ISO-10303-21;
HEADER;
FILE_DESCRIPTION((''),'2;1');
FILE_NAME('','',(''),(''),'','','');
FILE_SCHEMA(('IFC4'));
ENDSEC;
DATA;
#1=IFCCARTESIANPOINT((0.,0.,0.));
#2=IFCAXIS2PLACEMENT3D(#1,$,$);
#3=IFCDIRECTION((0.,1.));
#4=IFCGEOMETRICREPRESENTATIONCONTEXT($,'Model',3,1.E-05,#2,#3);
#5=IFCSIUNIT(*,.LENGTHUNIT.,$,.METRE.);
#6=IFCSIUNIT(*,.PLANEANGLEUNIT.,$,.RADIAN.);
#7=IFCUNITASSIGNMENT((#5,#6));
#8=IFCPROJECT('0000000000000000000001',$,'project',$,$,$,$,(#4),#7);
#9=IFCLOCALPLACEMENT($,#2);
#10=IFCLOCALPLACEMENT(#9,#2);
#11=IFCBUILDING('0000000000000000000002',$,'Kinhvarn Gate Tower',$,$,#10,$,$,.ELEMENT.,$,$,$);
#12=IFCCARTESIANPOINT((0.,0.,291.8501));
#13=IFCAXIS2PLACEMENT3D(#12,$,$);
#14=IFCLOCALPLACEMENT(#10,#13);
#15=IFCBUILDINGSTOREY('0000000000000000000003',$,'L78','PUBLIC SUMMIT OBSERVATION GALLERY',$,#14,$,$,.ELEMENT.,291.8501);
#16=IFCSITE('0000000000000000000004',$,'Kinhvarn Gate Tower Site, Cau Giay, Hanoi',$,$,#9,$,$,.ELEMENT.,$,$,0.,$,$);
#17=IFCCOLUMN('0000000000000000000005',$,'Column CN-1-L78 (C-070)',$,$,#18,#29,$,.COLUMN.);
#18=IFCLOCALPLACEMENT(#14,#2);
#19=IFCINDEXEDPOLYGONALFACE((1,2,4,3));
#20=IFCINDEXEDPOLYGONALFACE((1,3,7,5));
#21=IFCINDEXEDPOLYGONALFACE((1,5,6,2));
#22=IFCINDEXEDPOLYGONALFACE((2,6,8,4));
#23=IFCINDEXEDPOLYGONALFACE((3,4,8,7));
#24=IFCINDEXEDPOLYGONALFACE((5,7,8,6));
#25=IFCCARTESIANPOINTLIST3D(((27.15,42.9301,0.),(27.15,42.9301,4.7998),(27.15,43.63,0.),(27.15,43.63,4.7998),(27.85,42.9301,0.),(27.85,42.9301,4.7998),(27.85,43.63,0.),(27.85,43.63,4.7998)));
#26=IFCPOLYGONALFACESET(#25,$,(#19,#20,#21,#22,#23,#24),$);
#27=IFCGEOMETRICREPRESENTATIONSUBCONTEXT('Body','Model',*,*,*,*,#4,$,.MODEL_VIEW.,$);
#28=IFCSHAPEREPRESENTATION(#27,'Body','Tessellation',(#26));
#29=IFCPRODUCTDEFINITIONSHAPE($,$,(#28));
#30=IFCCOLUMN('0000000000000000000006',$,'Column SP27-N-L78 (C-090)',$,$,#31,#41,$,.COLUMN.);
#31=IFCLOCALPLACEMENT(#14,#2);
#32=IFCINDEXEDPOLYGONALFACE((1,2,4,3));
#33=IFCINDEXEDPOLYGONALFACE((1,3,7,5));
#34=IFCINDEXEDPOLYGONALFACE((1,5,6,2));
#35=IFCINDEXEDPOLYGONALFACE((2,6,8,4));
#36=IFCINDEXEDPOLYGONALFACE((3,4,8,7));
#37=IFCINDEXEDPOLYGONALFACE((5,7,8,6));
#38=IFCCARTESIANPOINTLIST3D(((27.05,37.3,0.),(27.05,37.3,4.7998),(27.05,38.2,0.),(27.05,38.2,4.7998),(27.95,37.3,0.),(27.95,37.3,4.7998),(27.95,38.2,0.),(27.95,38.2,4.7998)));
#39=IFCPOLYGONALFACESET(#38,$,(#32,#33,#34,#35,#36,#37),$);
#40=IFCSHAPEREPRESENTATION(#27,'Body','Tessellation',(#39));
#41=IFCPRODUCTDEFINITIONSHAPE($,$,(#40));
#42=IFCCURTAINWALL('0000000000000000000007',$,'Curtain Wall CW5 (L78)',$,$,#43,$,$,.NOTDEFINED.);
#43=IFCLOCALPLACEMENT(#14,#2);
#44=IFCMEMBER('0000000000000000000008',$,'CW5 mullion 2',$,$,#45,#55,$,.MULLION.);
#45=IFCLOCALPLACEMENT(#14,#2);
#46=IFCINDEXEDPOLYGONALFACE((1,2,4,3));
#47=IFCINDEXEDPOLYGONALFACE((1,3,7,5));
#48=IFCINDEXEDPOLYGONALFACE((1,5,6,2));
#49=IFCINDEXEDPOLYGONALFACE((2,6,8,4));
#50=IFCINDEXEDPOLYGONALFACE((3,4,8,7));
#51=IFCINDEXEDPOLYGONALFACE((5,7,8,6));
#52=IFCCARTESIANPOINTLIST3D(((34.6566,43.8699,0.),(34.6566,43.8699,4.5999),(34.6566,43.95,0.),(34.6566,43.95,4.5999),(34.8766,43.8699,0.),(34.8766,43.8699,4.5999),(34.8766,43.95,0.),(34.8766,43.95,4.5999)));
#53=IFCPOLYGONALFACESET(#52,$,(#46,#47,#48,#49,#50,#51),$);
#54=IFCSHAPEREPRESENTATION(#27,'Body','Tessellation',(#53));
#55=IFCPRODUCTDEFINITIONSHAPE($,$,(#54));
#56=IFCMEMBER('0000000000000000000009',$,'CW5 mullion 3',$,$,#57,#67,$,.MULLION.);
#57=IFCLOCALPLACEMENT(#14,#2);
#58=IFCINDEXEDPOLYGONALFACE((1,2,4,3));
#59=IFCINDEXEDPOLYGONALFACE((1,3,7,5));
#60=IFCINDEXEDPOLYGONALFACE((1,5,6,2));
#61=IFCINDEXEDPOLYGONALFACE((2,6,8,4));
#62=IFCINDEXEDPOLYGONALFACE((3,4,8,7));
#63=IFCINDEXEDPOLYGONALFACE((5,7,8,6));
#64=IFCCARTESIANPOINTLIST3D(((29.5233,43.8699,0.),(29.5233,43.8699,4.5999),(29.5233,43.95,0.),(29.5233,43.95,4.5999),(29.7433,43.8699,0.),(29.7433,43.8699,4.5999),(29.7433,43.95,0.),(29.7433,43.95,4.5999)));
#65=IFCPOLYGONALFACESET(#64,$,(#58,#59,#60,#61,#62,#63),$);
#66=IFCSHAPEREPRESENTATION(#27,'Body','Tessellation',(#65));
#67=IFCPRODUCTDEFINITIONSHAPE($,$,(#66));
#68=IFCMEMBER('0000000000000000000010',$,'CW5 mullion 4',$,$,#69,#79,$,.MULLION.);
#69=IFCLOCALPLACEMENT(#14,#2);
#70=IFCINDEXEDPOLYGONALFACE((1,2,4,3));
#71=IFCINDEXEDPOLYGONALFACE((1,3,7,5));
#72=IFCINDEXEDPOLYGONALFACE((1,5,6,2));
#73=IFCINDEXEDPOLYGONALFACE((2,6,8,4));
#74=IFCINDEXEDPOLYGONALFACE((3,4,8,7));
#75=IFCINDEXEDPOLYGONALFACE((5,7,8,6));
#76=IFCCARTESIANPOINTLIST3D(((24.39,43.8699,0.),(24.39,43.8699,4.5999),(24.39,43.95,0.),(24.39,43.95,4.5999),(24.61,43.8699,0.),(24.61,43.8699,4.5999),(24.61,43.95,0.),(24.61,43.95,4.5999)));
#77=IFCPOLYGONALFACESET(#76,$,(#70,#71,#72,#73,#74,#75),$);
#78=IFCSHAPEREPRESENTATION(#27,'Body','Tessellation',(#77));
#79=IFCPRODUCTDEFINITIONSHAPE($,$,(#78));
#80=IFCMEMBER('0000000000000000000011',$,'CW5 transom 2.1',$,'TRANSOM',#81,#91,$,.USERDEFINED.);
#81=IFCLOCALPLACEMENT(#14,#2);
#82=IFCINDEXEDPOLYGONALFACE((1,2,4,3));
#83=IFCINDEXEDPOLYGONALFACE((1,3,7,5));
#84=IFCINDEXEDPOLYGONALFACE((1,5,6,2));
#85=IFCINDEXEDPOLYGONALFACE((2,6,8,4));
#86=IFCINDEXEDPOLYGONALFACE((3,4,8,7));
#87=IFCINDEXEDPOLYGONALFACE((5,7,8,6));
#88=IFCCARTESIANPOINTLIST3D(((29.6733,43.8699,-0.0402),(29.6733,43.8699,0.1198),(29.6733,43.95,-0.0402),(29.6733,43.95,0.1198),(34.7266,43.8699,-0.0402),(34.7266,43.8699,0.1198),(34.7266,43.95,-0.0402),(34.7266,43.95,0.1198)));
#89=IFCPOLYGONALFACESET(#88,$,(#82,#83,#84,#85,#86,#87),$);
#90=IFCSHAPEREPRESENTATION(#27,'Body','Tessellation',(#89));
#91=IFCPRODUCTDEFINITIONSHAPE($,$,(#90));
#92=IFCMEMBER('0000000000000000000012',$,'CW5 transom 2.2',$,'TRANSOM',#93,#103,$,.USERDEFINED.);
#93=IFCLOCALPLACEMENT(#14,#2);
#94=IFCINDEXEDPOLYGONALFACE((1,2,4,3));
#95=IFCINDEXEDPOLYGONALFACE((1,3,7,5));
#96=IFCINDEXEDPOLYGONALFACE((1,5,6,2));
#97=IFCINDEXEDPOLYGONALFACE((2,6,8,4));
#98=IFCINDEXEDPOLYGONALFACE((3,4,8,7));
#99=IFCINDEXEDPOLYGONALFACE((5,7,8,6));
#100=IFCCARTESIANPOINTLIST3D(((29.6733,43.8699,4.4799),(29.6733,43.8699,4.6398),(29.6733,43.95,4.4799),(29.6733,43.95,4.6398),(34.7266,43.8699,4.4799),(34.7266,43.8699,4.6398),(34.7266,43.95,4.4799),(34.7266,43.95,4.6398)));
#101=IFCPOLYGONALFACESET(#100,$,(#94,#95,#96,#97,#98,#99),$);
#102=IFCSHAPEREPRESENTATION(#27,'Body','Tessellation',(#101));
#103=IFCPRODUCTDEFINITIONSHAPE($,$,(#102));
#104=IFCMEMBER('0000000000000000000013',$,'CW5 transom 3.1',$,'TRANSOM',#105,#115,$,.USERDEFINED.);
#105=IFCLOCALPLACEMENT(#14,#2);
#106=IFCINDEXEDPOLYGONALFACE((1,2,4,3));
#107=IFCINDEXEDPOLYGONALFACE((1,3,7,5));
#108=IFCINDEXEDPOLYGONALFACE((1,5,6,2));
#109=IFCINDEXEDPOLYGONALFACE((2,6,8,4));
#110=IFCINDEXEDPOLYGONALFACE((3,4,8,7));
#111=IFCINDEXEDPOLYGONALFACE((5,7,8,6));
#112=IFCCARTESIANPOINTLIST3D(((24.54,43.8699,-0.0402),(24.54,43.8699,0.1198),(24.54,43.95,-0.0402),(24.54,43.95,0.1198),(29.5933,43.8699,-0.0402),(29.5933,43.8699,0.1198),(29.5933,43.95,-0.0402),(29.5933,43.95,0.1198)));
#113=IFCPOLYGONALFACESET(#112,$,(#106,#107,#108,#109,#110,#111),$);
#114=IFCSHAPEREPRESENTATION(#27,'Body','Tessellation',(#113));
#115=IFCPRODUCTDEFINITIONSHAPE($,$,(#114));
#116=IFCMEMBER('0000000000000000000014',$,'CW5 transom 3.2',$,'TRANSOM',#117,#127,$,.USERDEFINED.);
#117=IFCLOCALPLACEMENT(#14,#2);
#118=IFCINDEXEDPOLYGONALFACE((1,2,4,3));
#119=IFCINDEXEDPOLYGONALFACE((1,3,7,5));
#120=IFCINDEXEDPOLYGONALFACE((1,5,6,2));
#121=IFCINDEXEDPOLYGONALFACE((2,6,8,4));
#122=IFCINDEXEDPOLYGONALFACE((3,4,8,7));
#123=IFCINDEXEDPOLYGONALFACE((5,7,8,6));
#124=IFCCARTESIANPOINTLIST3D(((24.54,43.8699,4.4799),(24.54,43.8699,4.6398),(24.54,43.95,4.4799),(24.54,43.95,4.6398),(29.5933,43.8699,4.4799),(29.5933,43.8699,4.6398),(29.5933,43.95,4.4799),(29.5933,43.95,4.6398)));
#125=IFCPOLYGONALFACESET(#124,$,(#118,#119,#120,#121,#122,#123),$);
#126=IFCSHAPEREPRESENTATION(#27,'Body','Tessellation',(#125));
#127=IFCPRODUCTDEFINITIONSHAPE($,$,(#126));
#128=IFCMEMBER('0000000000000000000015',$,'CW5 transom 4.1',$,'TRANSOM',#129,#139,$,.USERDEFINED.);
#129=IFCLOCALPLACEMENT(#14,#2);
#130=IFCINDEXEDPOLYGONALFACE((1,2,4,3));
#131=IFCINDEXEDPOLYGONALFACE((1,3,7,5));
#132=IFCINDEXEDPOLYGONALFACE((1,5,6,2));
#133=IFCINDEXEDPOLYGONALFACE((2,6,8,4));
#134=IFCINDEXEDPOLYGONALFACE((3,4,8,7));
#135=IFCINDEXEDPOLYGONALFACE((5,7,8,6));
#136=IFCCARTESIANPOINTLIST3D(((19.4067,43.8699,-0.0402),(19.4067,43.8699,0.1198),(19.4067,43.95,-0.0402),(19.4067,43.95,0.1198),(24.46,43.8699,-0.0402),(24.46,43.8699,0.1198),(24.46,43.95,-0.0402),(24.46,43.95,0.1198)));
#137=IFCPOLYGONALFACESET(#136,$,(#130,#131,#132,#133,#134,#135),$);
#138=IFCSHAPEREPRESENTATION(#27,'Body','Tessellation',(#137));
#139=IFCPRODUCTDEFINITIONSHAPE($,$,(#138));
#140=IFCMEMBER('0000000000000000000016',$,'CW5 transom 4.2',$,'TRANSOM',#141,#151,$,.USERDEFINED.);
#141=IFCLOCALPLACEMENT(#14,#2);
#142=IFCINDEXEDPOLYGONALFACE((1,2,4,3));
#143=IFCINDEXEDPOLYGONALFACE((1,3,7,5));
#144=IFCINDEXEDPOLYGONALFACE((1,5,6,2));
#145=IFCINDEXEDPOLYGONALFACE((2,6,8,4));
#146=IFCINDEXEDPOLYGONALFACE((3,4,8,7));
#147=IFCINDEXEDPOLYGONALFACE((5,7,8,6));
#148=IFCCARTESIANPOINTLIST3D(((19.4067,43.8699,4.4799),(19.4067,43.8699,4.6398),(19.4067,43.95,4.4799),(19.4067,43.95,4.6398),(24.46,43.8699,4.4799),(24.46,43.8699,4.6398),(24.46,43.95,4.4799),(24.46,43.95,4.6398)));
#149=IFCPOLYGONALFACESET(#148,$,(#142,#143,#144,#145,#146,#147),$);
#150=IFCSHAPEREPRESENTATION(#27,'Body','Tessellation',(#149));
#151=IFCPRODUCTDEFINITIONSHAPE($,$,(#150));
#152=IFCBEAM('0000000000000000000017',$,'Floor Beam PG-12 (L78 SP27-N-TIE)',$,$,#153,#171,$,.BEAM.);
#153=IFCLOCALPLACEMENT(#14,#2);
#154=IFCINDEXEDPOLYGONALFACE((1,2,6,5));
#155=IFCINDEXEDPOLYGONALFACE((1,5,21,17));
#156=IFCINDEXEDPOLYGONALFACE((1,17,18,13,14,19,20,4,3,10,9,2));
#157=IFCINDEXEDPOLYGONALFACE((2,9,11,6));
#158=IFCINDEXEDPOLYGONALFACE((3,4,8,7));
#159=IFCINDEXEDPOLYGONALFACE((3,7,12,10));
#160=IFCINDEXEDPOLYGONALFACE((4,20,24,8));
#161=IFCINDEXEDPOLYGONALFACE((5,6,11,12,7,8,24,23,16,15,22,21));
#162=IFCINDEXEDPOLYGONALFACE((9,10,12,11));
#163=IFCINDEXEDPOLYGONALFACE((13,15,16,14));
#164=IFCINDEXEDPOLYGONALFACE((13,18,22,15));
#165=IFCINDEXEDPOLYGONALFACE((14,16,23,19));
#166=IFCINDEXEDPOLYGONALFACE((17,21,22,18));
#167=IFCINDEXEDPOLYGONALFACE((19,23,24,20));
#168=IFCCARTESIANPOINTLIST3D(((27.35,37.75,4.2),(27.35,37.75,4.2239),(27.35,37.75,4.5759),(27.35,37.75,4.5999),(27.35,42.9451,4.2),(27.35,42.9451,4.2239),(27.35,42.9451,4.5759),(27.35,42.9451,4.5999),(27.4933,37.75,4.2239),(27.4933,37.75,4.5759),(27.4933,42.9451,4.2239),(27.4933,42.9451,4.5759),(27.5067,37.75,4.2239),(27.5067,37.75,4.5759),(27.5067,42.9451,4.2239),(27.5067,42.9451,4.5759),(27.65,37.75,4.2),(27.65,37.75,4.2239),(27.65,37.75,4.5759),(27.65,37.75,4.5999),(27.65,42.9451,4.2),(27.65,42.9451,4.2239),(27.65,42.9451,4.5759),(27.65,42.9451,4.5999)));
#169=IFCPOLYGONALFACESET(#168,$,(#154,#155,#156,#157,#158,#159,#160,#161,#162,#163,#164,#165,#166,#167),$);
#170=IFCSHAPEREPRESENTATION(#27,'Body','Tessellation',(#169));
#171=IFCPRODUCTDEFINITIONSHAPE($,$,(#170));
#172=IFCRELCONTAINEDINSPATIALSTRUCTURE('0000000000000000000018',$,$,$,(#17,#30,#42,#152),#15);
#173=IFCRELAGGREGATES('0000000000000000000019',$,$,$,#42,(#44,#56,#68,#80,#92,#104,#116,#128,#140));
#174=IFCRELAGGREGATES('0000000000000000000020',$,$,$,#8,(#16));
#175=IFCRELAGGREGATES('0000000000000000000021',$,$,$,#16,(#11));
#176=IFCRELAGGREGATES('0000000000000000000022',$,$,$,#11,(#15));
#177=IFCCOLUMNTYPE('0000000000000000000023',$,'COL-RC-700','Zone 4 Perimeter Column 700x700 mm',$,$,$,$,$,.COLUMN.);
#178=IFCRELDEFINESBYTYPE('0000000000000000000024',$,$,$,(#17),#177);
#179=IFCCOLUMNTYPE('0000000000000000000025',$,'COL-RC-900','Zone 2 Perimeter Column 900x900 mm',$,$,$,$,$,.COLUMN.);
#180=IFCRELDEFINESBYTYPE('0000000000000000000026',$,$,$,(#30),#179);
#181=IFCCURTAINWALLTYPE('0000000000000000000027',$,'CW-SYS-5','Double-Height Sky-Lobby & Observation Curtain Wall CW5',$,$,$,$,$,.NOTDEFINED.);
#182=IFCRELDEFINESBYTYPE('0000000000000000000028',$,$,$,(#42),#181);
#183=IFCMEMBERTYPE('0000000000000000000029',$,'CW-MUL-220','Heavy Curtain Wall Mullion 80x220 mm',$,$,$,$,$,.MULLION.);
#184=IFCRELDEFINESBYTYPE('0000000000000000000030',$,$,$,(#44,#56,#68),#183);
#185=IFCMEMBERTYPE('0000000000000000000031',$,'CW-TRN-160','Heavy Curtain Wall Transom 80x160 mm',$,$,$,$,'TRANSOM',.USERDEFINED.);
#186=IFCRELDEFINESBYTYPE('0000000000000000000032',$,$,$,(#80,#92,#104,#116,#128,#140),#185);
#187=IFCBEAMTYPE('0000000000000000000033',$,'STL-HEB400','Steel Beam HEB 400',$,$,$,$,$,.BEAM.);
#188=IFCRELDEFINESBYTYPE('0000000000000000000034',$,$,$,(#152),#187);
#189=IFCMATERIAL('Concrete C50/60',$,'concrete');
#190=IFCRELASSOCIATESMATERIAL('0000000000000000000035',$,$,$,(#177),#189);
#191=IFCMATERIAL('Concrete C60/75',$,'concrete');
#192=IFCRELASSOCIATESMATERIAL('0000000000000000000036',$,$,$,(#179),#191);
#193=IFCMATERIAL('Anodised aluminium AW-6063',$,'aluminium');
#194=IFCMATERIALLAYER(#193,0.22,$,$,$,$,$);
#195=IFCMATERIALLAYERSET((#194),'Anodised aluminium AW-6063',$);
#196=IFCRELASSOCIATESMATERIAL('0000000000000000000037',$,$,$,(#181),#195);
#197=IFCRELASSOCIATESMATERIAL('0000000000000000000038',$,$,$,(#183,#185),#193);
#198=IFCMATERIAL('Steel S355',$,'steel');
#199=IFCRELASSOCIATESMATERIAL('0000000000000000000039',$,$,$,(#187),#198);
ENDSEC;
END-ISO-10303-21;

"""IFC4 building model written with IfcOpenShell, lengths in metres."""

from ifc_helpers import new_model, si_unit, direction, frame, origin, origin_2d, place, context, subcontext, project, spatial, rectangle, i_section, extrude, material, layer, layer_set, material_profile, profile_set, type_object, element, aggregate, save


model = new_model("IFC4")

# Units and contexts
model_context = context("Model", 3, precision=1e-05, world=origin(), true_north=direction((0.0, 1.0)))
body_context = subcontext(model_context, "Body", "Model", "MODEL_VIEW")
ifc_project = project(units=[si_unit("LENGTHUNIT", "METRE"), si_unit("PLANEANGLEUNIT", "RADIAN")], contexts=[model_context])

# Site, building, storey
site_placement = place(None, origin())
site = spatial("IfcSite", under=ifc_project, at=site_placement, Name="Kinhvarn Gate Tower Site, Cau Giay, Hanoi", CompositionType="ELEMENT", RefElevation=0.0)
building_placement = place(site_placement, origin())
building = spatial("IfcBuilding", under=site, at=building_placement, Name="Kinhvarn Gate Tower", CompositionType="ELEMENT")
storey_placement = place(building_placement, frame((0.0, 0.0, 291.8501)))
storey = spatial("IfcBuildingStorey", under=building, at=storey_placement, Name="L78", Description="PUBLIC SUMMIT OBSERVATION GALLERY", CompositionType="ELEMENT", Elevation=291.8501)

# Columns
ifc_material_1 = material(Name="Concrete C50/60", Category="concrete")
ifc_material_profile_1 = material_profile(ifc_material_1, rectangle(XDim=0.7, YDim=0.7, at=origin_2d()), Name="RC 700x700")
ifc_profile_set_1 = profile_set([ifc_material_profile_1], Name="Concrete C50/60")
column_type_1 = type_object("IfcColumnType", Name="COL-RC-700", Description="Zone 4 Perimeter Column 700x700 mm", PredefinedType="COLUMN", material=ifc_profile_set_1)
column_1_placement = place(storey_placement, frame((27.5, 43.28, 0.0), z_axis=(0.0, 0.0, 1.0), x_axis=(1.0, 0.0, 0.0)))
element("IfcColumn", 1, at=column_1_placement, inside=storey, type_object=column_type_1, Name="Column CN-1-L78 (C-070)", PredefinedType="COLUMN", context=body_context, shape_type="SweptSolid", body=[
    extrude(rectangle(XDim=0.7, YDim=0.7, at=origin_2d()), origin(), (0.0, 0.0, 1.0), 4.7998),
])
ifc_material_2 = material(Name="Concrete C60/75", Category="concrete")
ifc_material_profile_2 = material_profile(ifc_material_2, rectangle(XDim=0.8999, YDim=0.8999, at=origin_2d()), Name="RC 900x900")
ifc_profile_set_2 = profile_set([ifc_material_profile_2], Name="Concrete C60/75")
column_type_2 = type_object("IfcColumnType", Name="COL-RC-900", Description="Zone 2 Perimeter Column 900x900 mm", PredefinedType="COLUMN", material=ifc_profile_set_2)
column_2_placement = place(storey_placement, frame((27.5, 37.75, 0.0), z_axis=(0.0, 0.0, 1.0), x_axis=(1.0, 0.0, 0.0)))
element("IfcColumn", 2, at=column_2_placement, inside=storey, type_object=column_type_2, Name="Column SP27-N-L78 (C-090)", PredefinedType="COLUMN", context=body_context, shape_type="SweptSolid", body=[
    extrude(rectangle(XDim=0.8999, YDim=0.8999, at=origin_2d()), origin(), (0.0, 0.0, 1.0), 4.7998),
])

# Curtain wall, members
ifc_material_3 = material(Name="Anodised aluminium AW-6063", Category="aluminium")
ifc_layer_1 = layer(ifc_material_3, 0.22)
ifc_layer_set_1 = layer_set([ifc_layer_1], Name="Anodised aluminium AW-6063")
curtain_wall_type = type_object("IfcCurtainWallType", Name="CW-SYS-5", Description="Double-Height Sky-Lobby & Observation Curtain Wall CW5", PredefinedType="NOTDEFINED", material=ifc_layer_set_1)
curtain_wall_placement = place(storey_placement, origin())
curtain_wall = element("IfcCurtainWall", 3, at=curtain_wall_placement, inside=storey, type_object=curtain_wall_type, Name="Curtain Wall CW5 (L78)", PredefinedType="NOTDEFINED")
ifc_material_profile_3 = material_profile(ifc_material_3, rectangle(XDim=0.0801, YDim=0.22, at=origin_2d()), Name="ALU 80x220")
ifc_profile_set_3 = profile_set([ifc_material_profile_3], Name="Anodised aluminium AW-6063")
member_type_1 = type_object("IfcMemberType", Name="CW-MUL-220", Description="Heavy Curtain Wall Mullion 80x220 mm", PredefinedType="MULLION", material=ifc_profile_set_3)
member_1_placement = place(storey_placement, frame((34.7666, 43.9099, 0.0), z_axis=(0.0, 0.0, 1.0), x_axis=(0.0, -1.0, 0.0)))
member_1 = element("IfcMember", 4, at=member_1_placement, type_object=member_type_1, Name="CW5 mullion 2", PredefinedType="MULLION", context=body_context, shape_type="SweptSolid", body=[
    extrude(rectangle(XDim=0.0801, YDim=0.22, at=origin_2d()), origin(), (0.0, 0.0, 1.0), 4.5999),
])
member_2_placement = place(storey_placement, frame((29.6333, 43.9099, 0.0), z_axis=(0.0, 0.0, 1.0), x_axis=(0.0, -1.0, 0.0)))
member_2 = element("IfcMember", 5, at=member_2_placement, type_object=member_type_1, Name="CW5 mullion 3", PredefinedType="MULLION", context=body_context, shape_type="SweptSolid", body=[
    extrude(rectangle(XDim=0.0801, YDim=0.22, at=origin_2d()), origin(), (0.0, 0.0, 1.0), 4.5999),
])
member_3_placement = place(storey_placement, frame((24.5, 43.9099, 0.0), z_axis=(0.0, 0.0, 1.0), x_axis=(0.0, -1.0, 0.0)))
member_3 = element("IfcMember", 6, at=member_3_placement, type_object=member_type_1, Name="CW5 mullion 4", PredefinedType="MULLION", context=body_context, shape_type="SweptSolid", body=[
    extrude(rectangle(XDim=0.0801, YDim=0.22, at=origin_2d()), origin(), (0.0, 0.0, 1.0), 4.5999),
])
ifc_material_profile_4 = material_profile(ifc_material_3, rectangle(XDim=0.0801, YDim=0.1599, at=origin_2d()), Name="ALU 80x160")
ifc_profile_set_4 = profile_set([ifc_material_profile_4], Name="Anodised aluminium AW-6063")
member_type_2 = type_object("IfcMemberType", Name="CW-TRN-160", Description="Heavy Curtain Wall Transom 80x160 mm", ElementType="TRANSOM", PredefinedType="USERDEFINED", material=ifc_profile_set_4)
member_4_placement = place(storey_placement, frame((34.7266, 43.9099, 0.0398), z_axis=(-1.0, 0.0, 0.0), x_axis=(0.0, -1.0, 0.0)))
member_4 = element("IfcMember", 7, at=member_4_placement, type_object=member_type_2, Name="CW5 transom 2.1", ObjectType="TRANSOM", PredefinedType="USERDEFINED", context=body_context, shape_type="SweptSolid", body=[
    extrude(rectangle(XDim=0.0801, YDim=0.1599, at=origin_2d()), origin(), (0.0, 0.0, 1.0), 5.0532),
])
member_5_placement = place(storey_placement, frame((34.7266, 43.9099, 4.5598), z_axis=(-1.0, 0.0, 0.0), x_axis=(0.0, -1.0, 0.0)))
member_5 = element("IfcMember", 8, at=member_5_placement, type_object=member_type_2, Name="CW5 transom 2.2", ObjectType="TRANSOM", PredefinedType="USERDEFINED", context=body_context, shape_type="SweptSolid", body=[
    extrude(rectangle(XDim=0.0801, YDim=0.1599, at=origin_2d()), origin(), (0.0, 0.0, 1.0), 5.0532),
])
member_6_placement = place(storey_placement, frame((29.5933, 43.9099, 0.0398), z_axis=(-1.0, 0.0, 0.0), x_axis=(0.0, -1.0, 0.0)))
member_6 = element("IfcMember", 9, at=member_6_placement, type_object=member_type_2, Name="CW5 transom 3.1", ObjectType="TRANSOM", PredefinedType="USERDEFINED", context=body_context, shape_type="SweptSolid", body=[
    extrude(rectangle(XDim=0.0801, YDim=0.1599, at=origin_2d()), origin(), (0.0, 0.0, 1.0), 5.0532),
])
member_7_placement = place(storey_placement, frame((29.5933, 43.9099, 4.5598), z_axis=(-1.0, 0.0, 0.0), x_axis=(0.0, -1.0, 0.0)))
member_7 = element("IfcMember", 10, at=member_7_placement, type_object=member_type_2, Name="CW5 transom 3.2", ObjectType="TRANSOM", PredefinedType="USERDEFINED", context=body_context, shape_type="SweptSolid", body=[
    extrude(rectangle(XDim=0.0801, YDim=0.1599, at=origin_2d()), origin(), (0.0, 0.0, 1.0), 5.0532),
])
member_8_placement = place(storey_placement, frame((24.46, 43.9099, 0.0398), z_axis=(-1.0, 0.0, 0.0), x_axis=(0.0, -1.0, 0.0)))
member_8 = element("IfcMember", 11, at=member_8_placement, type_object=member_type_2, Name="CW5 transom 4.1", ObjectType="TRANSOM", PredefinedType="USERDEFINED", context=body_context, shape_type="SweptSolid", body=[
    extrude(rectangle(XDim=0.0801, YDim=0.1599, at=origin_2d()), origin(), (0.0, 0.0, 1.0), 5.0532),
])
member_9_placement = place(storey_placement, frame((24.46, 43.9099, 4.5598), z_axis=(-1.0, 0.0, 0.0), x_axis=(0.0, -1.0, 0.0)))
member_9 = element("IfcMember", 12, at=member_9_placement, type_object=member_type_2, Name="CW5 transom 4.2", ObjectType="TRANSOM", PredefinedType="USERDEFINED", context=body_context, shape_type="SweptSolid", body=[
    extrude(rectangle(XDim=0.0801, YDim=0.1599, at=origin_2d()), origin(), (0.0, 0.0, 1.0), 5.0532),
])

# Beam
ifc_material_4 = material(Name="Steel S355", Category="steel")
ifc_material_profile_5 = material_profile(ifc_material_4, i_section(OverallWidth=0.3, OverallDepth=0.3999, WebThickness=0.0134, FlangeThickness=0.0239, at=origin_2d()), Name="HEB 400")
ifc_profile_set_5 = profile_set([ifc_material_profile_5], Name="Steel S355")
beam_type_1 = type_object("IfcBeamType", Name="STL-HEB400", Description="Steel Beam HEB 400", PredefinedType="BEAM", material=ifc_profile_set_5)
beam_1_placement = place(storey_placement, frame((27.5, 37.75, 4.3999), z_axis=(0.0, 1.0, 0.0), x_axis=(-1.0, 0.0, 0.0)))
element("IfcBeam", 13, at=beam_1_placement, inside=storey, type_object=beam_type_1, Name="Floor Beam PG-12 (L78 SP27-N-TIE)", PredefinedType="BEAM", context=body_context, shape_type="SweptSolid", body=[
    extrude(i_section(OverallWidth=0.3, OverallDepth=0.3999, WebThickness=0.0134, FlangeThickness=0.0239, at=origin_2d()), origin(), (0.0, 0.0, 1.0), 5.1951),
])

aggregate(curtain_wall, [member_1, member_2, member_3, member_4, member_5, member_6, member_7, member_8, member_9])

save(model, "model.ifc")
